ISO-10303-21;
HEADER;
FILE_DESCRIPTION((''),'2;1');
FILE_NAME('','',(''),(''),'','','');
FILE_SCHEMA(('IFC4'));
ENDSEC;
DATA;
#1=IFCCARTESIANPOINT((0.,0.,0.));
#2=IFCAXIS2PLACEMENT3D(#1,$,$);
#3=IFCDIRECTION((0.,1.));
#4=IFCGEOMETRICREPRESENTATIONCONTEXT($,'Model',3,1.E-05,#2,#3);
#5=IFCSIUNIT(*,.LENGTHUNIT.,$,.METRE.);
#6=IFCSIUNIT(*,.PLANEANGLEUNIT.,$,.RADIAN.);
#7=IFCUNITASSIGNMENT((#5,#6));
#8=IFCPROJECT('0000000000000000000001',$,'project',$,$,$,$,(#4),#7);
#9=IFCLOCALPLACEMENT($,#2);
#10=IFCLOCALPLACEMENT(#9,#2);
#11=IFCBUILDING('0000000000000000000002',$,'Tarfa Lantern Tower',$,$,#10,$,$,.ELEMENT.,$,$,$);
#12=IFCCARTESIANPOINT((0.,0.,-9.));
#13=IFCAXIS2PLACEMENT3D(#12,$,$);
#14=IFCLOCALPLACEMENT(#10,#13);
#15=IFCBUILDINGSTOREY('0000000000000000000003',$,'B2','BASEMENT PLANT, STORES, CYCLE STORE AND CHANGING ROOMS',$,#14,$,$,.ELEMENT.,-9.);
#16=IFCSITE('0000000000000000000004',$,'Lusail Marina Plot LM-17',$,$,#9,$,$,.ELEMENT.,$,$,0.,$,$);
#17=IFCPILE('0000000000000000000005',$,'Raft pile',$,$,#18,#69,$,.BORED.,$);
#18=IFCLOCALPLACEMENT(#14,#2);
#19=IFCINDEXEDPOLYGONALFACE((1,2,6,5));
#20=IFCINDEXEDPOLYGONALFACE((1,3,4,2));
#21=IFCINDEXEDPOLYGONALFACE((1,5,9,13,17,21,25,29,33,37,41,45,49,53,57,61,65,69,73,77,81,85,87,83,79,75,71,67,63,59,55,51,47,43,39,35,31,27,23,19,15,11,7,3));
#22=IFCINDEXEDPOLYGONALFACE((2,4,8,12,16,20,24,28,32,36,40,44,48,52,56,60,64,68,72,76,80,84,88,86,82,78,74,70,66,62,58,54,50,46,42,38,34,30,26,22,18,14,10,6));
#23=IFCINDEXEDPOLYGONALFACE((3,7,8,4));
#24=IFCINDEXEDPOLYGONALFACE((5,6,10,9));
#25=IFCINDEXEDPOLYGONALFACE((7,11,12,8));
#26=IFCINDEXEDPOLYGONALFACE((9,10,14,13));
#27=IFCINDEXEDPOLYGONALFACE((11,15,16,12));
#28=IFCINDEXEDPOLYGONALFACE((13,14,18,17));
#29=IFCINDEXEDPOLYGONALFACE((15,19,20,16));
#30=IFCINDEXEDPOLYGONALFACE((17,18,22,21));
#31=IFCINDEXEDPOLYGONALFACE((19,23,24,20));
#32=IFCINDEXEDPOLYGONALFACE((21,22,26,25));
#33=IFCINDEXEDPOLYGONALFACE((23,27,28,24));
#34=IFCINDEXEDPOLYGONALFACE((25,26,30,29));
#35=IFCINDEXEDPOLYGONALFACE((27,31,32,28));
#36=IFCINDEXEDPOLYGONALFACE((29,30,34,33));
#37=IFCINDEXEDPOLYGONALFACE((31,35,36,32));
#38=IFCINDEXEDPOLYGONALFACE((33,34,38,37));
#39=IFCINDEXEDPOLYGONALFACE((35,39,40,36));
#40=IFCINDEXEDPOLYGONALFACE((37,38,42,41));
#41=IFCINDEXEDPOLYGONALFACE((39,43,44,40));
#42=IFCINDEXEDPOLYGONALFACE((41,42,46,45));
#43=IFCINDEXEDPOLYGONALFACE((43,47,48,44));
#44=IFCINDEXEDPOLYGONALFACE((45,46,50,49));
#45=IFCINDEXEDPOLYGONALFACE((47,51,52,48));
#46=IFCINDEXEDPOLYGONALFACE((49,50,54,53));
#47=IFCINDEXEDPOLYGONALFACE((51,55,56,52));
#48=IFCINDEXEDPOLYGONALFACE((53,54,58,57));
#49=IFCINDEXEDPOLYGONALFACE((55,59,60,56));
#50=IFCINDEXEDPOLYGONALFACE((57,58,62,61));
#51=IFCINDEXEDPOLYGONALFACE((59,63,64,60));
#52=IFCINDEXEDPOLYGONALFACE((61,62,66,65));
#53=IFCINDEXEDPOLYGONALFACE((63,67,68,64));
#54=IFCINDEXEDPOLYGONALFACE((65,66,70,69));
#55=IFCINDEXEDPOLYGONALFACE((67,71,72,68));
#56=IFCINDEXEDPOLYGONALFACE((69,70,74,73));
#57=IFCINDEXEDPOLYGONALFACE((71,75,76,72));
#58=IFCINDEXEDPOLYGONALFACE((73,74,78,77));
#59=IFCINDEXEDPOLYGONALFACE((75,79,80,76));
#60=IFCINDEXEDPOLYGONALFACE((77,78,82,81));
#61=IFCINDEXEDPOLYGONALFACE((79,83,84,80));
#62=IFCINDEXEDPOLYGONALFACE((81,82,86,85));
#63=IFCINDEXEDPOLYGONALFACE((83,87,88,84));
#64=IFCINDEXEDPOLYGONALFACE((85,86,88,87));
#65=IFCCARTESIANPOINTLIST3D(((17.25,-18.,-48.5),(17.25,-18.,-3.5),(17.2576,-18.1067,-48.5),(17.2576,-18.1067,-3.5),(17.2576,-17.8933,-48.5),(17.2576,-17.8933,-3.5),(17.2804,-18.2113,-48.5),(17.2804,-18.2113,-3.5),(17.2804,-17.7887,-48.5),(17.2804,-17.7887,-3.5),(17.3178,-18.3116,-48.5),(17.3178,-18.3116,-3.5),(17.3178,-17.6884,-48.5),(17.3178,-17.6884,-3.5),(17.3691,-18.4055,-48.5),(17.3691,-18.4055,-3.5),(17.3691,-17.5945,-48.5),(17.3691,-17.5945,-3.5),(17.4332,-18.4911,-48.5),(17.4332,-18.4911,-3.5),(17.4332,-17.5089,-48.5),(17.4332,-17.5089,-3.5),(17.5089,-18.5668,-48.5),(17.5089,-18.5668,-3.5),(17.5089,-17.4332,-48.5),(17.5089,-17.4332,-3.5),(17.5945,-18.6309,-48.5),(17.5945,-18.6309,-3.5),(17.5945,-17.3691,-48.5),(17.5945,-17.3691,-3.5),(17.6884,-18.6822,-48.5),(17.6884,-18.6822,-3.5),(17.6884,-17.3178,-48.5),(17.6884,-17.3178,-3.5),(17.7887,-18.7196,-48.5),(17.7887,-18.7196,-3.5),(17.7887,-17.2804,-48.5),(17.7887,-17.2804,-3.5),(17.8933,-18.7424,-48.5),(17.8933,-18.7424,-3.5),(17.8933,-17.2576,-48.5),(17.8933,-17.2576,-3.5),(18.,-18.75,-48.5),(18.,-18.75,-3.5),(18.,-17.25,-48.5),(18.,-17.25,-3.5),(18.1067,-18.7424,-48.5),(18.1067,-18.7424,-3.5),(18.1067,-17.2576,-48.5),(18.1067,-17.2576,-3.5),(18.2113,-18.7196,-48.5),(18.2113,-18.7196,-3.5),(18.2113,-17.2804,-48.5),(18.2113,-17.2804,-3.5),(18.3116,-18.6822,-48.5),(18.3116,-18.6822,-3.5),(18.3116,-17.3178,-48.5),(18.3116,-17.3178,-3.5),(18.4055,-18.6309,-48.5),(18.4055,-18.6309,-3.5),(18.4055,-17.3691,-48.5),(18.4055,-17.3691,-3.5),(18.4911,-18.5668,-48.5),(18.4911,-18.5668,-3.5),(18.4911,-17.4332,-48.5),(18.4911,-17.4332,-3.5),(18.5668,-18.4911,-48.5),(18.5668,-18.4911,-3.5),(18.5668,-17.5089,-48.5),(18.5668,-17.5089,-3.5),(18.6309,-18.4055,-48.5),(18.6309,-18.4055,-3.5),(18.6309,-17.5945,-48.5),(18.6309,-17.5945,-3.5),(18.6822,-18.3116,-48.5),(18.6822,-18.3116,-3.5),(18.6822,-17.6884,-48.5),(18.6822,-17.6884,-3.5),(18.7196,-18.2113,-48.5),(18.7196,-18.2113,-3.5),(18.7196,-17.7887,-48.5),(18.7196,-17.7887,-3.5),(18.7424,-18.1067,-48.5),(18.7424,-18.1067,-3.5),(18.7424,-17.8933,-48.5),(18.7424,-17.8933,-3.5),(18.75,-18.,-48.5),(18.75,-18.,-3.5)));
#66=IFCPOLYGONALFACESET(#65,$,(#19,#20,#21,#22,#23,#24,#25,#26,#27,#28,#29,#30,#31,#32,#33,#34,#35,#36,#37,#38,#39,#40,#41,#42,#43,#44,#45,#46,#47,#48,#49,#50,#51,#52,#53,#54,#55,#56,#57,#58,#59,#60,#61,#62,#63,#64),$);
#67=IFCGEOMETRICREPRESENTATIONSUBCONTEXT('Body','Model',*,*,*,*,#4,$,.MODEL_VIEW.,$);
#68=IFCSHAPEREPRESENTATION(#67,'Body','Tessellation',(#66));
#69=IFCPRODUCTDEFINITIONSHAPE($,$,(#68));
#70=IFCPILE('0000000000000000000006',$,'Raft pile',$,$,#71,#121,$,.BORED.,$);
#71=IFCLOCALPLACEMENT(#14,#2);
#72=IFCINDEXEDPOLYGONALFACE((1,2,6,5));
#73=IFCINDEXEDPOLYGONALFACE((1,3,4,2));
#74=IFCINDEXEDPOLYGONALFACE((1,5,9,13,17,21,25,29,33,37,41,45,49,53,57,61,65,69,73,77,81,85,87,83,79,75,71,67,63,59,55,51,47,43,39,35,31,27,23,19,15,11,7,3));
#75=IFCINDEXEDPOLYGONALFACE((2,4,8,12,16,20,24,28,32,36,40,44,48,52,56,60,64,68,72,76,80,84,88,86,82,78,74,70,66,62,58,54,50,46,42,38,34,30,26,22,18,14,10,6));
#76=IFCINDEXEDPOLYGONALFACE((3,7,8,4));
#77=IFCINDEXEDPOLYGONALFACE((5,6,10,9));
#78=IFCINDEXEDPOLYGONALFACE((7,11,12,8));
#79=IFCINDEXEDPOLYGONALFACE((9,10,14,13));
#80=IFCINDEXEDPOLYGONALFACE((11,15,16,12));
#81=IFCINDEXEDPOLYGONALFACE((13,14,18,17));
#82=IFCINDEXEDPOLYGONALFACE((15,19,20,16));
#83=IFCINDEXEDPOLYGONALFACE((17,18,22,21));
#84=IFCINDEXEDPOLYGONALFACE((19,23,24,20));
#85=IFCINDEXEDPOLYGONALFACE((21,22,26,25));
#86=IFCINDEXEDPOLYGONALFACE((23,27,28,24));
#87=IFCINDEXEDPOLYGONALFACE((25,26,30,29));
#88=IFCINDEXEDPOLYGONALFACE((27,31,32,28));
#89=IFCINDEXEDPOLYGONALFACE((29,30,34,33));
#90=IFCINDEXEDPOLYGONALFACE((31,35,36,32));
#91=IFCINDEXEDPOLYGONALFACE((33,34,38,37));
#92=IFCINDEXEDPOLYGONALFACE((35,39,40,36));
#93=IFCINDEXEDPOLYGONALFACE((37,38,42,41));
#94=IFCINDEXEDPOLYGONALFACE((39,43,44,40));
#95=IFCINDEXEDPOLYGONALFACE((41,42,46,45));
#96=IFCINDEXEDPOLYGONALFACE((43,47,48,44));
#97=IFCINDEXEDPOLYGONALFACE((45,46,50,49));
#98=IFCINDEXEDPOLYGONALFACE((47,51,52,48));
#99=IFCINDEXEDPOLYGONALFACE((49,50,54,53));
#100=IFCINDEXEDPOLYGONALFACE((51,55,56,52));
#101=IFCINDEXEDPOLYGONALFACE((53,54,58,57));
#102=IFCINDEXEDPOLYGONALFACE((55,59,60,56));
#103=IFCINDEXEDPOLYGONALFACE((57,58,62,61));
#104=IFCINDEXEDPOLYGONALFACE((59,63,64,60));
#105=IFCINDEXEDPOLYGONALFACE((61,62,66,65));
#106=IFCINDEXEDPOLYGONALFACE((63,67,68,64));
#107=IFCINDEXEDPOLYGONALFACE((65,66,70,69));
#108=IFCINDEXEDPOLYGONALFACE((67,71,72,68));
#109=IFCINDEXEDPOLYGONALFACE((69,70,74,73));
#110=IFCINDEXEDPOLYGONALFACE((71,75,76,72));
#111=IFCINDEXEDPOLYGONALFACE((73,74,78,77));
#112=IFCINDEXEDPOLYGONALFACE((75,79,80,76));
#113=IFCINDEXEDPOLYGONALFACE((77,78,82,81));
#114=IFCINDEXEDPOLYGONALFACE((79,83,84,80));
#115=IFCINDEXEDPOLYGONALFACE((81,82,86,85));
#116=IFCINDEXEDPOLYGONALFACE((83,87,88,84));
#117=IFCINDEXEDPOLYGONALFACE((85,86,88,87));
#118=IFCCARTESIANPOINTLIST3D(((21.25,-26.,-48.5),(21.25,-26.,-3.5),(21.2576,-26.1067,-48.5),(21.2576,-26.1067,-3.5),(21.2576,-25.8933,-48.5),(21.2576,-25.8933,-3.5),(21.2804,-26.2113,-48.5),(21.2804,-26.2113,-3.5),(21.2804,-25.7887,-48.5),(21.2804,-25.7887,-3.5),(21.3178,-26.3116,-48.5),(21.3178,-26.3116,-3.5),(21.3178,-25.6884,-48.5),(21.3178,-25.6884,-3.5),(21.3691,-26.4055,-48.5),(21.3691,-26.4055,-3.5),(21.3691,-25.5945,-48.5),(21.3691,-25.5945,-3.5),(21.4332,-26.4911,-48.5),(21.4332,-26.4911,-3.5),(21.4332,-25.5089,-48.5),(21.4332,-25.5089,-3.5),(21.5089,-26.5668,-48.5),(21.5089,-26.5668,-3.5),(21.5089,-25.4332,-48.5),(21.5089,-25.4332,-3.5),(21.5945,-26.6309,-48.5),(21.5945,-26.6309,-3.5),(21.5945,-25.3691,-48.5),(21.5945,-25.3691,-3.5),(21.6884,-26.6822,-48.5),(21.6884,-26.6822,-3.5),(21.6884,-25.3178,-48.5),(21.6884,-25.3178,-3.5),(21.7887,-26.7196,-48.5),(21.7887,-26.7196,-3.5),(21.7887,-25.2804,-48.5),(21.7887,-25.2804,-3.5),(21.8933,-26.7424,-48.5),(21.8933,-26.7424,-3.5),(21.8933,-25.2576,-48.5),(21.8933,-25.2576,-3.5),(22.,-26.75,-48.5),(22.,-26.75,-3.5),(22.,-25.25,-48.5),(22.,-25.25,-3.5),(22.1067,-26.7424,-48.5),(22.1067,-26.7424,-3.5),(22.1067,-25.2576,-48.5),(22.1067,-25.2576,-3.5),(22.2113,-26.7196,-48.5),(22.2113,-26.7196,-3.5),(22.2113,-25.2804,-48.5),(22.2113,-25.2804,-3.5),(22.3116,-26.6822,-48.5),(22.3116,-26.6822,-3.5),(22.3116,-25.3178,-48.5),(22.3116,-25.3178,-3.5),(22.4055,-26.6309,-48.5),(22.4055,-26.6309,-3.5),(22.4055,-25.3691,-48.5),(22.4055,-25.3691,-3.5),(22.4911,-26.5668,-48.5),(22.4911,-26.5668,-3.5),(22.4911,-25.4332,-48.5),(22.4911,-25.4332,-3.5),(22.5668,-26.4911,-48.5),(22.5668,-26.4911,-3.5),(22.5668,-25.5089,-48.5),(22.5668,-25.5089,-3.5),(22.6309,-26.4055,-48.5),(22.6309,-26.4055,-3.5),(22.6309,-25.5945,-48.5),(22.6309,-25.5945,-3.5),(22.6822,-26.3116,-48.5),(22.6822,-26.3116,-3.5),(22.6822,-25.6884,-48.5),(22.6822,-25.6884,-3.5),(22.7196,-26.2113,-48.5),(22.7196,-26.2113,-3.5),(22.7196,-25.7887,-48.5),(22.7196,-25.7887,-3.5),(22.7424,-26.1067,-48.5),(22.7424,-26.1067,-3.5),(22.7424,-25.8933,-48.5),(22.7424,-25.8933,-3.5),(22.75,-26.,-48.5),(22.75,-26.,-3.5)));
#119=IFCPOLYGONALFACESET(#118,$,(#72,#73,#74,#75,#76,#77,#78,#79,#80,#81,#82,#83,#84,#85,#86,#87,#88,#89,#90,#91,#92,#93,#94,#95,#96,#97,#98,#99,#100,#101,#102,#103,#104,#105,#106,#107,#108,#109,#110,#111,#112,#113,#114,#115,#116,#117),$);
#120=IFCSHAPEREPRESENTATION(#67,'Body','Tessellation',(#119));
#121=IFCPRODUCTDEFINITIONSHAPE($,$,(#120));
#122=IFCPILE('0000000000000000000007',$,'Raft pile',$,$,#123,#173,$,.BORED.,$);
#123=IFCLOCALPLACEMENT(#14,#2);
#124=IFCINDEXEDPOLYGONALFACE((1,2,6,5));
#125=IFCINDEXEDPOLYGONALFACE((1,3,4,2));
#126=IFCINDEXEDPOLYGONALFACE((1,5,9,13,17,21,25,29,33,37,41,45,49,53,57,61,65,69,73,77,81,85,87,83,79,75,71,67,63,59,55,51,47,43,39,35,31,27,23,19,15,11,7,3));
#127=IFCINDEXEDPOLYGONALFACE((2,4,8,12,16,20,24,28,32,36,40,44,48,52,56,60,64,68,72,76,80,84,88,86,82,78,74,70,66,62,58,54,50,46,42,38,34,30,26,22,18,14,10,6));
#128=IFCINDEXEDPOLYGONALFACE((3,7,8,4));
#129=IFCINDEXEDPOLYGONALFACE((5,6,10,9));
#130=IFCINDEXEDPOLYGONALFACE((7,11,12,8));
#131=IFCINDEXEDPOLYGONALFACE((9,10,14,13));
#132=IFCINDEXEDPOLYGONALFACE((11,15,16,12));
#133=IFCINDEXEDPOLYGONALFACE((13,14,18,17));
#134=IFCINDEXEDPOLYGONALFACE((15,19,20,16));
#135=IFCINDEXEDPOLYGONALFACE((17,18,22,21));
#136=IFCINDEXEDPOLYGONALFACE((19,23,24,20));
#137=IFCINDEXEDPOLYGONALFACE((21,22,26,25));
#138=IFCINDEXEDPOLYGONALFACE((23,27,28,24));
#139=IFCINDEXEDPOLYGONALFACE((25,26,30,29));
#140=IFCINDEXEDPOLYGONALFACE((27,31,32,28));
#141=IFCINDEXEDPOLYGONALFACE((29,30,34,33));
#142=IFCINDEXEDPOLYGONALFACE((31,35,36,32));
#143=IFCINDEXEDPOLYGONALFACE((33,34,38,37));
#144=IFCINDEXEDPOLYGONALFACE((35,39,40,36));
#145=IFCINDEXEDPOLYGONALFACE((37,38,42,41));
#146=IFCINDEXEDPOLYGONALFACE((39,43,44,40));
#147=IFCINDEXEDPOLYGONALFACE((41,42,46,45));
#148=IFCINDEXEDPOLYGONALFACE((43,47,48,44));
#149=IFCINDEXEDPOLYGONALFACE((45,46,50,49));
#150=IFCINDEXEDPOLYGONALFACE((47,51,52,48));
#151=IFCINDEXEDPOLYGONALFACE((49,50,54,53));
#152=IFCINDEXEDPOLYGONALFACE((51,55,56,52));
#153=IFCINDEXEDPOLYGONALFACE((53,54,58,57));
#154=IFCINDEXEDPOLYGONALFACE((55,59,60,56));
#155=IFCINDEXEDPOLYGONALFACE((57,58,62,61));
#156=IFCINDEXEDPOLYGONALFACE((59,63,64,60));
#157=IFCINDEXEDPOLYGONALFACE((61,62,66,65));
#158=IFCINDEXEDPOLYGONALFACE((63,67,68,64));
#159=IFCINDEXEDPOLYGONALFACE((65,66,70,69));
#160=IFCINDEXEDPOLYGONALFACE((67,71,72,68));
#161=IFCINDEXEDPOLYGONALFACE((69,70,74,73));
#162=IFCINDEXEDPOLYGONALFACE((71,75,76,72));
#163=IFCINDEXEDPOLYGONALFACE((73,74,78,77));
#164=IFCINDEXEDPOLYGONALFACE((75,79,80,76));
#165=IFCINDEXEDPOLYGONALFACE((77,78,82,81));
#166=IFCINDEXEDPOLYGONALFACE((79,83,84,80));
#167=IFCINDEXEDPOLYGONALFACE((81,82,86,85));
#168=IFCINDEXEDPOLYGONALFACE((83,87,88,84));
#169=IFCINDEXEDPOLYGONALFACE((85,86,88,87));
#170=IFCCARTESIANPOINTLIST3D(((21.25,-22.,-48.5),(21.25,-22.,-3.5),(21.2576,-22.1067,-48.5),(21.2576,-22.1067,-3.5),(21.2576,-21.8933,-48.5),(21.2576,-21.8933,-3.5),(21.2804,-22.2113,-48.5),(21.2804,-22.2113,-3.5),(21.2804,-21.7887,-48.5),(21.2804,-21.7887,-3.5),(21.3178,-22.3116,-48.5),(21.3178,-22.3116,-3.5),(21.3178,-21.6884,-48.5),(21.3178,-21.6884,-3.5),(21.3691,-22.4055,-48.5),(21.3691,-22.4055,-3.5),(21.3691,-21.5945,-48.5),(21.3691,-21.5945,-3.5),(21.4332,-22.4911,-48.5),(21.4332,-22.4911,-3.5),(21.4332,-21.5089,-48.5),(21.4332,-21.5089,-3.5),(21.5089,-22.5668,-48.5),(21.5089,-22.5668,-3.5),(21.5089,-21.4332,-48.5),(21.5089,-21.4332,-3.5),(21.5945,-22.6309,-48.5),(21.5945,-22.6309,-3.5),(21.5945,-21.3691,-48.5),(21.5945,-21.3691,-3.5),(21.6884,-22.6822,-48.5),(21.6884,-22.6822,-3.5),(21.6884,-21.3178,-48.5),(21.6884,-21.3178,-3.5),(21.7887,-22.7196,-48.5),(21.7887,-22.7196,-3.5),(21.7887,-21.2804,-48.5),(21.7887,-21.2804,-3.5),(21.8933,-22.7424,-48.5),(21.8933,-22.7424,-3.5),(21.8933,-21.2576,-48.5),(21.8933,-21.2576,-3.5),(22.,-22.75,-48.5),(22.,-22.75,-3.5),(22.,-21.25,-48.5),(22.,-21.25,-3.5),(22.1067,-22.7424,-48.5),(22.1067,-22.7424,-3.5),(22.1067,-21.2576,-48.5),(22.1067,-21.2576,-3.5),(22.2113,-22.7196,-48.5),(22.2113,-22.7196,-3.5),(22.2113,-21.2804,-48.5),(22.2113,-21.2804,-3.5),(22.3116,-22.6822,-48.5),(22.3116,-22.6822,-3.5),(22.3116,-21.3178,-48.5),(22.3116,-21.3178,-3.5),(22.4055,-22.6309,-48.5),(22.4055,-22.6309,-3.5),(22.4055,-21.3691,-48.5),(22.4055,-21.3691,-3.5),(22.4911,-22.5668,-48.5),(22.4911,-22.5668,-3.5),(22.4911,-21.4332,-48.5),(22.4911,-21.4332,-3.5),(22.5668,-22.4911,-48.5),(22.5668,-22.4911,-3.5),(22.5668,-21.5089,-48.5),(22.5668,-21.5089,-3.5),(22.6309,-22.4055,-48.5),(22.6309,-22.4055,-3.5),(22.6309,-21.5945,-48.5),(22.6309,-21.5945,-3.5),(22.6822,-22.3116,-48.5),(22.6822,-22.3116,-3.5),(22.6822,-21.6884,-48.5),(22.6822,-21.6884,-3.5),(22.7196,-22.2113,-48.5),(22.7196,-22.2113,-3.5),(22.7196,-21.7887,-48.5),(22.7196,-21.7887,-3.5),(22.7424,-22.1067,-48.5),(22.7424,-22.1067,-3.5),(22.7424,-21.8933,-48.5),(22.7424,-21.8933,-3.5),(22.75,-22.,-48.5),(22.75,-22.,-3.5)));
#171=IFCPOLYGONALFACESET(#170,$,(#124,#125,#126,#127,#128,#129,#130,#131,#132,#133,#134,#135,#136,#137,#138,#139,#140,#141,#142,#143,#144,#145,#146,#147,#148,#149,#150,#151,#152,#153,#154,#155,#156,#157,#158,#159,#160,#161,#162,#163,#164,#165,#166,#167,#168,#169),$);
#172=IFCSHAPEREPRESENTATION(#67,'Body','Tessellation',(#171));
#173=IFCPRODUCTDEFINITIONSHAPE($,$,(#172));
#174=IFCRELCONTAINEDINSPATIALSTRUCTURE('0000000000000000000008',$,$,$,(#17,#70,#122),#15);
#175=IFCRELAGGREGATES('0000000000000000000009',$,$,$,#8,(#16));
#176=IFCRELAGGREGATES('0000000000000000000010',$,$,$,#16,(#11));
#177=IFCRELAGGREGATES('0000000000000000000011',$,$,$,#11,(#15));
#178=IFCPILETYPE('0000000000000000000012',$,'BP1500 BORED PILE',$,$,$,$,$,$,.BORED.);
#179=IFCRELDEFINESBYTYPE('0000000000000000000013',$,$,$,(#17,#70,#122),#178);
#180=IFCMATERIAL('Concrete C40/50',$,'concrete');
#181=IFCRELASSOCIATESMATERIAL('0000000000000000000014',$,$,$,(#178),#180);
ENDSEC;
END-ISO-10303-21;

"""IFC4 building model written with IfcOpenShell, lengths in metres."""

from ifc_helpers import new_model, si_unit, direction, frame, origin, origin_2d, place, context, subcontext, project, spatial, circle, extrude, material, material_profile, profile_set, type_object, element, save


model = new_model("IFC4")

# Units and contexts
model_context = context("Model", 3, precision=1e-05, world=origin(), true_north=direction((0.0, 1.0)))
body_context = subcontext(model_context, "Body", "Model", "MODEL_VIEW")
ifc_project = project(units=[si_unit("LENGTHUNIT", "METRE"), si_unit("PLANEANGLEUNIT", "RADIAN")], contexts=[model_context])

# Site, building, storey
site_placement = place(None, origin())
site = spatial("IfcSite", under=ifc_project, at=site_placement, Name="Lusail Marina Plot LM-17", CompositionType="ELEMENT", RefElevation=0.0)
building_placement = place(site_placement, origin())
building = spatial("IfcBuilding", under=site, at=building_placement, Name="Tarfa Lantern Tower", CompositionType="ELEMENT")
storey_placement = place(building_placement, frame((0.0, 0.0, -9.0)))
storey = spatial("IfcBuildingStorey", under=building, at=storey_placement, Name="B2", Description="BASEMENT PLANT, STORES, CYCLE STORE AND CHANGING ROOMS", CompositionType="ELEMENT", Elevation=-9.0)

# Piles
ifc_material_1 = material(Name="Concrete C40/50", Category="concrete")
ifc_material_profile_1 = material_profile(ifc_material_1, circle(Radius=0.75, at=origin_2d()), Name="BORED PILE D1500")
ifc_profile_set_1 = profile_set([ifc_material_profile_1], Name="Concrete C40/50")
pile_type_1 = type_object("IfcPileType", Name="BP1500 BORED PILE", PredefinedType="BORED", material=ifc_profile_set_1)
for number, where, z_axis, x_axis, name in (
    (1, (18.0, -18.0, -3.5), (0.0, 0.0, -1.0), (1.0, 0.0, 0.0), "Raft pile"),
    (2, (22.0, -26.0, -3.5), (0.0, 0.0, -1.0), (1.0, 0.0, 0.0), "Raft pile"),
    (3, (22.0, -22.0, -3.5), (0.0, 0.0, -1.0), (1.0, 0.0, 0.0), "Raft pile"),
):
    element("IfcPile", number, at=place(storey_placement, frame(where, z_axis=z_axis, x_axis=x_axis)), inside=storey, type_object=pile_type_1, Name=name, PredefinedType="BORED", context=body_context, shape_type="SweptSolid", body=[
        extrude(circle(Radius=0.75, at=origin_2d()), origin(), (0.0, 0.0, 1.0), 45.0),
    ])

save(model, "model.ifc")
